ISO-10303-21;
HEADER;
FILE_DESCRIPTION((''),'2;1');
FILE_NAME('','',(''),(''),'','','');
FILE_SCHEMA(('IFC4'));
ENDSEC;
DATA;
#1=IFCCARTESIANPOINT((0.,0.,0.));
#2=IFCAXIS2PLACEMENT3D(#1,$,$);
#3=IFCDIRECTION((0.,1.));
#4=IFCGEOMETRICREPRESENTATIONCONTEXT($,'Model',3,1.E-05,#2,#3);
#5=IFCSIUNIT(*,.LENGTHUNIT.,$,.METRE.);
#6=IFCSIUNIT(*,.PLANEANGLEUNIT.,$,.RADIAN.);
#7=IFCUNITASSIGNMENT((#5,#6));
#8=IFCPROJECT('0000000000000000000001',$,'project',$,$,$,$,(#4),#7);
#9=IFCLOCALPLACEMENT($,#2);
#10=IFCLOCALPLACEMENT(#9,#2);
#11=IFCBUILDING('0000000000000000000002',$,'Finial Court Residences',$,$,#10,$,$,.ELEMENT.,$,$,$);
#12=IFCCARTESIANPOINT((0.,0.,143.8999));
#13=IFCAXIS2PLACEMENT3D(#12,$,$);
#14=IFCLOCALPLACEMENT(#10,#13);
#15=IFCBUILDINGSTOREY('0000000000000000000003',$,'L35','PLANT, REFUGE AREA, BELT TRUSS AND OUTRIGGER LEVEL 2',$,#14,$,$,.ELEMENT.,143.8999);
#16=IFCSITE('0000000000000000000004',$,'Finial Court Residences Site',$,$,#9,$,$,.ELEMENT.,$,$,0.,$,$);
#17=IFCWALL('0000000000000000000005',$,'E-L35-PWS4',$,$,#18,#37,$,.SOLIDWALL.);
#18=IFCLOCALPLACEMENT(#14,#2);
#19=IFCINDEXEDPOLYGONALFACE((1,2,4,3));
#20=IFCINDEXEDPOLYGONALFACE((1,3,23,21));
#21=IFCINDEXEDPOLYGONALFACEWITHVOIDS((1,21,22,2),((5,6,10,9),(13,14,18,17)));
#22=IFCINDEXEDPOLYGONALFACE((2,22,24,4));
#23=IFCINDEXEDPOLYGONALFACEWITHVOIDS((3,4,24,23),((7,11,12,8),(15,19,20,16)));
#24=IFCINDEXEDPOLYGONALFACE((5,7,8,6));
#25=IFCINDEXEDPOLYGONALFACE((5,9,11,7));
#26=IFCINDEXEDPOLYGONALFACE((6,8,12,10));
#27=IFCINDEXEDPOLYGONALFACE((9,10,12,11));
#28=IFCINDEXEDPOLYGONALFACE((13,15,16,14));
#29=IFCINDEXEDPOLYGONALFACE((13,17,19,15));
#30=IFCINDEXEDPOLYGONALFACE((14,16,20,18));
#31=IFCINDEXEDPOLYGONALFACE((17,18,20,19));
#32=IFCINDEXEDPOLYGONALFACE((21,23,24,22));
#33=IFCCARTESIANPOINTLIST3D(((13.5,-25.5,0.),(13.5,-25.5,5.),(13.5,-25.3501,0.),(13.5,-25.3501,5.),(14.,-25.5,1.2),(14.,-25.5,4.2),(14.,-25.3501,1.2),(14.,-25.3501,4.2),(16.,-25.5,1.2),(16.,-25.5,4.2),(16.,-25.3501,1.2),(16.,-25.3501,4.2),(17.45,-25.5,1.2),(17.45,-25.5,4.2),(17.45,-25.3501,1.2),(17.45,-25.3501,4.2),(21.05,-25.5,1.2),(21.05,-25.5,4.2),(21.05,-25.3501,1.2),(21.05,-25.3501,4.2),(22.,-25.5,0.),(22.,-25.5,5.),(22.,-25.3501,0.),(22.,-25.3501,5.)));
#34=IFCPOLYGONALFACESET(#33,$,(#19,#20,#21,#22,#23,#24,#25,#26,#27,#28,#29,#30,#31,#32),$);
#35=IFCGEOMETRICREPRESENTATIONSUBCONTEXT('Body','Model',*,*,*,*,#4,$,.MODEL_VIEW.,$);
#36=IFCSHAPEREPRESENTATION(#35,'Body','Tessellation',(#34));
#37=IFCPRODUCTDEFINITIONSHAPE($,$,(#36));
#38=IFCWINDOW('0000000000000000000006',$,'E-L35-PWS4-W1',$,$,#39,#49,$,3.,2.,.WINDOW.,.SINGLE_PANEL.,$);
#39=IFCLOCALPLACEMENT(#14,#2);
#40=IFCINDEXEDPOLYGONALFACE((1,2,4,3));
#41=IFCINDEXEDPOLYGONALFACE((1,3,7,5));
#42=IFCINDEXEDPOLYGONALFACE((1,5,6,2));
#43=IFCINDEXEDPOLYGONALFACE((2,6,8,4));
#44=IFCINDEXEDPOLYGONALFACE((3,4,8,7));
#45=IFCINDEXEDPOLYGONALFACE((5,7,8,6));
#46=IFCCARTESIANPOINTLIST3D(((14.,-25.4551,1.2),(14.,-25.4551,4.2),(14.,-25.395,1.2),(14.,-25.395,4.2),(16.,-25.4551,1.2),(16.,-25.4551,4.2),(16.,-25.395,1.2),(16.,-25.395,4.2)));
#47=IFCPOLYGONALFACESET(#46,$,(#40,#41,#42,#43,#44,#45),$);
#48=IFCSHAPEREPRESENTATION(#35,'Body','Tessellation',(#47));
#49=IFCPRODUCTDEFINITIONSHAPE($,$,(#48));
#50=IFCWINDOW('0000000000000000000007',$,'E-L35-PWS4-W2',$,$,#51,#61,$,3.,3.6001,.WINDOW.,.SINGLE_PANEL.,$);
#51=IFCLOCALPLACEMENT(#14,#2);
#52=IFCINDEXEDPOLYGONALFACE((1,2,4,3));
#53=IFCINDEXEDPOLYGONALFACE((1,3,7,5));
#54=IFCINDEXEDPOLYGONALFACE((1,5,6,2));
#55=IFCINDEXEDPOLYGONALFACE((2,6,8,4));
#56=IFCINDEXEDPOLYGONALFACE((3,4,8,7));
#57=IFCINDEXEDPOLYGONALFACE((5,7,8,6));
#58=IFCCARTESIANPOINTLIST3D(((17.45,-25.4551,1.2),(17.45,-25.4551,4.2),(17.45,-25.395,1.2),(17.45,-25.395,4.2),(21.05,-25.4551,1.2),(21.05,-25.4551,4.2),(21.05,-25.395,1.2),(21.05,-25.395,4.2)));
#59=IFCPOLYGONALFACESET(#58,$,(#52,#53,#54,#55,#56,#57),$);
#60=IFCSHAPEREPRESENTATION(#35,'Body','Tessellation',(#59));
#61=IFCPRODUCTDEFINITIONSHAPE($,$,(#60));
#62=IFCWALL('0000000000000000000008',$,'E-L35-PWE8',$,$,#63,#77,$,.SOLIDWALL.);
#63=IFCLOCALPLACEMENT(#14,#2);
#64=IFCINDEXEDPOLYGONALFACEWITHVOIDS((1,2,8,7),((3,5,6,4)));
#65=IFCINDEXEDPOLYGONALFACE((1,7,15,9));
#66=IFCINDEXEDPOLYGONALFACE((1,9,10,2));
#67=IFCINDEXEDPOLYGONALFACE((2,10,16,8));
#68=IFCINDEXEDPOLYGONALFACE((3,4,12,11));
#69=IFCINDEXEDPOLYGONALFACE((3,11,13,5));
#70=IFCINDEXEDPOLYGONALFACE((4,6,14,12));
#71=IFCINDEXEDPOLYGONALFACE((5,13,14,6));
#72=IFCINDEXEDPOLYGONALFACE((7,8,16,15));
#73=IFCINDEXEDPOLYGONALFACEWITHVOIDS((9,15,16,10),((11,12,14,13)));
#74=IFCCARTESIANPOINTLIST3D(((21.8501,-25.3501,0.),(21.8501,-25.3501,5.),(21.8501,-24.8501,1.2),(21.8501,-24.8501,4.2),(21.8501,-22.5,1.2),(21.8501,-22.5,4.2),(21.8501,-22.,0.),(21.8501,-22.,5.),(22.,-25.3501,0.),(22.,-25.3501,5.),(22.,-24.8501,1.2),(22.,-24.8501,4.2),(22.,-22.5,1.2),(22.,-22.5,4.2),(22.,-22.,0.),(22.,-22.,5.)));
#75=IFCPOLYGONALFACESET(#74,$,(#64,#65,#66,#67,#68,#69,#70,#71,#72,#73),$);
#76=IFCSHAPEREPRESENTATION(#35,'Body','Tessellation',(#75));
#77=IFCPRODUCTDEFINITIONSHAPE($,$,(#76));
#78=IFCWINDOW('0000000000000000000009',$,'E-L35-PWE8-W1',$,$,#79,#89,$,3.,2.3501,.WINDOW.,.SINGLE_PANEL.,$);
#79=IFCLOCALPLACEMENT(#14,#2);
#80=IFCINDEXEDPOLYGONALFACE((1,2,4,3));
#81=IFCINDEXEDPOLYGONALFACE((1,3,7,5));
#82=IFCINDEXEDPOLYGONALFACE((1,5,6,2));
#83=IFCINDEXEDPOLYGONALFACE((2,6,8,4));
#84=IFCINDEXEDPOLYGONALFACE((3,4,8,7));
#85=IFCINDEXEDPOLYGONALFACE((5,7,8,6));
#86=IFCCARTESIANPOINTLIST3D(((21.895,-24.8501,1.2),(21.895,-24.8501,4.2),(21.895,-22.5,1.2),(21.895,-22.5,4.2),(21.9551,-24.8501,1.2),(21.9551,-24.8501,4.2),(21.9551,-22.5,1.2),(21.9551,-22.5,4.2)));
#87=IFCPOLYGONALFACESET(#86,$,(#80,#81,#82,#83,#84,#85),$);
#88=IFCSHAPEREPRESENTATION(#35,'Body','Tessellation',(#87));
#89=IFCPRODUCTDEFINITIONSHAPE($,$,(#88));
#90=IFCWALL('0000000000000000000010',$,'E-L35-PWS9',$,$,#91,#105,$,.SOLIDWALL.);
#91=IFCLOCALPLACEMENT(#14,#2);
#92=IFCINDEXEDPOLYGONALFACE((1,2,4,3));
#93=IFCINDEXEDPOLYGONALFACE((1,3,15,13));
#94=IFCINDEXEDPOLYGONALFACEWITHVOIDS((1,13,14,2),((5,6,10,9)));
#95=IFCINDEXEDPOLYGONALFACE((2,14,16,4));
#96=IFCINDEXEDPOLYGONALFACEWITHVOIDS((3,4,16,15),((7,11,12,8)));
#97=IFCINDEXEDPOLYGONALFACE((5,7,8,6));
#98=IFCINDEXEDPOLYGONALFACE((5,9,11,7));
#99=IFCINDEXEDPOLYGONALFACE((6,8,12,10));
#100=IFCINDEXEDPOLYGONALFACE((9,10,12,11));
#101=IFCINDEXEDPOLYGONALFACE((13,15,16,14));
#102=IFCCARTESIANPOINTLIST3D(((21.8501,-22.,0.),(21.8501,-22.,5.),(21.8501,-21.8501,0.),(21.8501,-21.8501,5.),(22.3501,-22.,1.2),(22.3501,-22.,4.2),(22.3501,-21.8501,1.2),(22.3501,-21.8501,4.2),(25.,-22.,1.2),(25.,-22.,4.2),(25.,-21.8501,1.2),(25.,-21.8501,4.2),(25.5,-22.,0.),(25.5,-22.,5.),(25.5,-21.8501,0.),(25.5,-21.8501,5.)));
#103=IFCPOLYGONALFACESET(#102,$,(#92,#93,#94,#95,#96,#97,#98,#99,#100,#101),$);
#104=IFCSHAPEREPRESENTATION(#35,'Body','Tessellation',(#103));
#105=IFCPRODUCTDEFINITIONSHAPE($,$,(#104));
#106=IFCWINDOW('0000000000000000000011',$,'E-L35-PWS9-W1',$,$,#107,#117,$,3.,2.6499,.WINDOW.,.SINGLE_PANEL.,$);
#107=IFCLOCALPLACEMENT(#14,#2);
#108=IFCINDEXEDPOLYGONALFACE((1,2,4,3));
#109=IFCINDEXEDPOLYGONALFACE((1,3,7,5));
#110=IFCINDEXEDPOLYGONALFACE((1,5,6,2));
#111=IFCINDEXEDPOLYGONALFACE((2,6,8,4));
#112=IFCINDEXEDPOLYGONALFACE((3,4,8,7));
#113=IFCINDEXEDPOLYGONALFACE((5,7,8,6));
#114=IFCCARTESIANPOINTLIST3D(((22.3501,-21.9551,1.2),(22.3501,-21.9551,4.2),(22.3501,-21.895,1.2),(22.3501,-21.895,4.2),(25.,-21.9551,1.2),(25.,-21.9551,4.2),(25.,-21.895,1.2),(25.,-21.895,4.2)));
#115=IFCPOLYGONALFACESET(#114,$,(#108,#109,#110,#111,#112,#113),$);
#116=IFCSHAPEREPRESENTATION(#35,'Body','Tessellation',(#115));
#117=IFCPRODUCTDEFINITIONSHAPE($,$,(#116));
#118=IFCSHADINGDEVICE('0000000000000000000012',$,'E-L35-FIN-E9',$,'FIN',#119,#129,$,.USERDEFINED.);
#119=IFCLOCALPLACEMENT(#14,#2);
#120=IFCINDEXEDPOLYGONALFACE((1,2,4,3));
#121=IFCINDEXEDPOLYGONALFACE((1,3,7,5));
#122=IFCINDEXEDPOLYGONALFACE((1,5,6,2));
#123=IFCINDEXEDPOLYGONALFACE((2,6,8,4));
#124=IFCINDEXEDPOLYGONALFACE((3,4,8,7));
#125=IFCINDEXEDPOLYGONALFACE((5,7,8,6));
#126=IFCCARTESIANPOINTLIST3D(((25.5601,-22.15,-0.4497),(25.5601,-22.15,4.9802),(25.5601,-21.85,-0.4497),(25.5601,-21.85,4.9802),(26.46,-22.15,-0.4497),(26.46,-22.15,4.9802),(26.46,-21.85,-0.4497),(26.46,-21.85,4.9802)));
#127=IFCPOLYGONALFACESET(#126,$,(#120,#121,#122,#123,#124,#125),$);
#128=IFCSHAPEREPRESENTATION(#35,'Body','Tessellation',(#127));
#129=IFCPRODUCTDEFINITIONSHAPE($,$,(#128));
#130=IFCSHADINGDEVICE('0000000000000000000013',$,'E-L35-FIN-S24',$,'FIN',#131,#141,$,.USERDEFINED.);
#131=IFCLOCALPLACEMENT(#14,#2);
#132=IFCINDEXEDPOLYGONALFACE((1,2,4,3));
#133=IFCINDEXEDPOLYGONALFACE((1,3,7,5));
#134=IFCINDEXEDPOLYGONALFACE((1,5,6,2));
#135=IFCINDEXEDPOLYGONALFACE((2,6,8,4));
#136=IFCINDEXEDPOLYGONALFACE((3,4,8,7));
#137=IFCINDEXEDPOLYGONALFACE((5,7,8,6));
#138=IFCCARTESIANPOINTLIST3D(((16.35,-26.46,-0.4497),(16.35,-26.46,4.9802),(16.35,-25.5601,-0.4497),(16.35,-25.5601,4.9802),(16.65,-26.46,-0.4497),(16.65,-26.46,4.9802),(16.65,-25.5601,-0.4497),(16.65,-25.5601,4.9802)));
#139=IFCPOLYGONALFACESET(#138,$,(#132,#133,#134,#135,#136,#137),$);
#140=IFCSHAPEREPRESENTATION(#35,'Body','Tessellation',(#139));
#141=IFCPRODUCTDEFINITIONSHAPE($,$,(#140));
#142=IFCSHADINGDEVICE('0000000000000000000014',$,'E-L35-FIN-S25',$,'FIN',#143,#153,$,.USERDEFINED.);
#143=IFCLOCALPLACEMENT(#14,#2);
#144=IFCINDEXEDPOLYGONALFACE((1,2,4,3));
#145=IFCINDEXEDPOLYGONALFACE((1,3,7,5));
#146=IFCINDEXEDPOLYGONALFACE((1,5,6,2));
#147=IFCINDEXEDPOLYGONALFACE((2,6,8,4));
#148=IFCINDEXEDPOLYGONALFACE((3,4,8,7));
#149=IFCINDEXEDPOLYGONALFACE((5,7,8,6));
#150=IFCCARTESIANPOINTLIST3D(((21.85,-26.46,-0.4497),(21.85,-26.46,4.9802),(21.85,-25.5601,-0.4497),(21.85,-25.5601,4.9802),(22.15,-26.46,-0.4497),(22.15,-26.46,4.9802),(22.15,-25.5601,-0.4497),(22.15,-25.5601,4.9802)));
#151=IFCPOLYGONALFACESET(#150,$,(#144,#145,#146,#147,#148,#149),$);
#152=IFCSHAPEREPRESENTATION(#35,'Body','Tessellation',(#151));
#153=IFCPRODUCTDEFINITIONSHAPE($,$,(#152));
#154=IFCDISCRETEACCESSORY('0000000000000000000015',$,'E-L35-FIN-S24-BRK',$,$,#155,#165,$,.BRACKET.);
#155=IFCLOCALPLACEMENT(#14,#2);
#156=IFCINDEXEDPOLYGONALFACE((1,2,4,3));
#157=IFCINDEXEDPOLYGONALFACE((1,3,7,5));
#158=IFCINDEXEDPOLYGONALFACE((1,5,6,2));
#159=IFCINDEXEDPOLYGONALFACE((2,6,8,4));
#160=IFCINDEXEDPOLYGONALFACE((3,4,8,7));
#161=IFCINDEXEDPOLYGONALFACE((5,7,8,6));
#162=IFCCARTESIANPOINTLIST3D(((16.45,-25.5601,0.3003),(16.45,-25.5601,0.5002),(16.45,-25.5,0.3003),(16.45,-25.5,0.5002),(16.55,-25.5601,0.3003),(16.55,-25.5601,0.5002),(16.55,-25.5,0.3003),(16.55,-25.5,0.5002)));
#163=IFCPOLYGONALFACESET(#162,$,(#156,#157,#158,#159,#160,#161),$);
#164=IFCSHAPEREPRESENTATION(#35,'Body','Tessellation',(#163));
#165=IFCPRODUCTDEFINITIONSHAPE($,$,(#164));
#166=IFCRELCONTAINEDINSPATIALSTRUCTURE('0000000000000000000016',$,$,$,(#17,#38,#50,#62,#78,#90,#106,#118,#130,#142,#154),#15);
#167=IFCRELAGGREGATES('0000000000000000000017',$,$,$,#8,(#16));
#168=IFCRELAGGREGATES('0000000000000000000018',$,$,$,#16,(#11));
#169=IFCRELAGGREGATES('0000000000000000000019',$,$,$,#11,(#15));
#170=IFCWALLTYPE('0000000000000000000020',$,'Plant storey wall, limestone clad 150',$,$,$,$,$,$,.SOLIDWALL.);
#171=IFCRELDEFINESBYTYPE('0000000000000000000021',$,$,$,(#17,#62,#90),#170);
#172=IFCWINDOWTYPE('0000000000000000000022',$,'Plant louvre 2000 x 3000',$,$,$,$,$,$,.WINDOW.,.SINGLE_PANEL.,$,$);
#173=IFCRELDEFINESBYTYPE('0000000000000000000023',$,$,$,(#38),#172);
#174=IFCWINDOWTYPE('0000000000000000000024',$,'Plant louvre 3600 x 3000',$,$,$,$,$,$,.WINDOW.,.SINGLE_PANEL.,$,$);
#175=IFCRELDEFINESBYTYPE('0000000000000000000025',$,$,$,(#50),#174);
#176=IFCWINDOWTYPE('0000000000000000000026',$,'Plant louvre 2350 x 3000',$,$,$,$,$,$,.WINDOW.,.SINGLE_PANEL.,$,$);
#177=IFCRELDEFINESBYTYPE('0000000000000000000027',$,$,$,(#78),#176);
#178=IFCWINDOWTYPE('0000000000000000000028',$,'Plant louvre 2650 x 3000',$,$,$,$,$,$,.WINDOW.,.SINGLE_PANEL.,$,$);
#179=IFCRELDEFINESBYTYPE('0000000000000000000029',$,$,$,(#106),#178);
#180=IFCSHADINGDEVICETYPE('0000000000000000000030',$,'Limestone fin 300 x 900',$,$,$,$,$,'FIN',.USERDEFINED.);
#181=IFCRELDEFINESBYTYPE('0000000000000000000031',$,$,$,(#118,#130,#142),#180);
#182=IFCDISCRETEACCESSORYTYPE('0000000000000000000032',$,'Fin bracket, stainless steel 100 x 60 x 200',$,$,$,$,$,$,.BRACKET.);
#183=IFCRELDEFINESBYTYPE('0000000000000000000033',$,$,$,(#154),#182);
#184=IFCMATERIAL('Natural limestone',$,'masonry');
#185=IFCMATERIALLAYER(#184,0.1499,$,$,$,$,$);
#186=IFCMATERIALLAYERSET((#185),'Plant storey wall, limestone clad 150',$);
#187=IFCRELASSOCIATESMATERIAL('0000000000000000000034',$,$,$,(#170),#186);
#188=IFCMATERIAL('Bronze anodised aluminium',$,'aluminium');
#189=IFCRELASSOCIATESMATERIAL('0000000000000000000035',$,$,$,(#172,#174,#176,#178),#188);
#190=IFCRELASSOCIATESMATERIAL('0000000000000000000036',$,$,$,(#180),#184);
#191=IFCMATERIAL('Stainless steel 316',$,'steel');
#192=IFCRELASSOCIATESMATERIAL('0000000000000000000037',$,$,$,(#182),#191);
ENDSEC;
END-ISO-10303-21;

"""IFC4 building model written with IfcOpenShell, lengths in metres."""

from ifc_helpers import new_model, si_unit, direction, frame, frame_2d, origin, origin_2d, place, context, subcontext, project, spatial, rectangle, extrude, material, layer, layer_set, type_object, element, fill, save


model = new_model("IFC4")

# Units and contexts
model_context = context("Model", 3, precision=1e-05, world=origin(), true_north=direction((0.0, 1.0)))
body_context = subcontext(model_context, "Body", "Model", "MODEL_VIEW")
ifc_project = project(units=[si_unit("LENGTHUNIT", "METRE"), si_unit("PLANEANGLEUNIT", "RADIAN")], contexts=[model_context])

# Site, building, storey
site_placement = place(None, origin())
site = spatial("IfcSite", under=ifc_project, at=site_placement, Name="Finial Court Residences Site", CompositionType="ELEMENT", RefElevation=0.0)
building_placement = place(site_placement, origin())
building = spatial("IfcBuilding", under=site, at=building_placement, Name="Finial Court Residences", CompositionType="ELEMENT")
storey_placement = place(building_placement, frame((0.0, 0.0, 143.8999)))
storey = spatial("IfcBuildingStorey", under=building, at=storey_placement, Name="L35", Description="PLANT, REFUGE AREA, BELT TRUSS AND OUTRIGGER LEVEL 2", CompositionType="ELEMENT", Elevation=143.8999)

# Wall, openings, windows
ifc_material_1 = material(Name="Natural limestone", Category="masonry")
ifc_layer_1 = layer(ifc_material_1, 0.1499)
ifc_layer_set_1 = layer_set([ifc_layer_1], Name="Plant storey wall, limestone clad 150")
wall_type = type_object("IfcWallType", Name="Plant storey wall, limestone clad 150", PredefinedType="SOLIDWALL", material=ifc_layer_set_1)
wall_1_placement = place(storey_placement, frame((22.0, -25.425, 0.0), z_axis=(0.0, 0.0, 1.0), x_axis=(-1.0, 0.0, 0.0)))
wall_1 = element("IfcWall", 1, at=wall_1_placement, inside=storey, type_object=wall_type, Name="E-L35-PWS4", PredefinedType="SOLIDWALL", context=body_context, shape_type="SweptSolid", body=[
    extrude(rectangle(XDim=8.5, YDim=0.1499, at=frame_2d((4.25, 0.0))), origin(), (0.0, 0.0, 1.0), 5.0),
])
opening_1_placement = place(wall_1_placement, frame((6.0, 0.0, 1.2)))
opening_1 = element("IfcOpeningElement", 2, at=opening_1_placement, cuts=wall_1, PredefinedType="OPENING", context=body_context, shape_type="SweptSolid", body=[
    extrude(rectangle(XDim=2.0, YDim=3.0, at=frame_2d((1.0, 1.5))), frame((0.0, 0.085, 0.0), z_axis=(0.0, -1.0, 0.0), x_axis=(1.0, 0.0, 0.0)), (0.0, 0.0, 1.0), 0.1699),
])
opening_2_placement = place(wall_1_placement, frame((0.95, 0.0, 1.2)))
opening_2 = element("IfcOpeningElement", 3, at=opening_2_placement, cuts=wall_1, PredefinedType="OPENING", context=body_context, shape_type="SweptSolid", body=[
    extrude(rectangle(XDim=3.6001, YDim=3.0, at=frame_2d((1.8, 1.5))), frame((0.0, 0.085, 0.0), z_axis=(0.0, -1.0, 0.0), x_axis=(1.0, 0.0, 0.0)), (0.0, 0.0, 1.0), 0.1699),
])
ifc_material_2 = material(Name="Bronze anodised aluminium", Category="aluminium")
window_type_1 = type_object("IfcWindowType", Name="Plant louvre 2000 x 3000", PartitioningType="SINGLE_PANEL", PredefinedType="WINDOW", material=ifc_material_2)
window_1_placement = place(opening_1_placement, origin())
window_1 = element("IfcWindow", 4, at=window_1_placement, inside=storey, type_object=window_type_1, Name="E-L35-PWS4-W1", OverallHeight=3.0, OverallWidth=2.0, PartitioningType="SINGLE_PANEL", PredefinedType="WINDOW", context=body_context, shape_type="SweptSolid", body=[
    extrude(rectangle(XDim=2.0, YDim=3.0, at=frame_2d((1.0, 1.5))), frame((0.0, 0.03, 0.0), z_axis=(0.0, -1.0, 0.0), x_axis=(1.0, 0.0, 0.0)), (0.0, 0.0, 1.0), 0.0601),
])
fill(opening_1, window_1)
window_type_2 = type_object("IfcWindowType", Name="Plant louvre 3600 x 3000", PartitioningType="SINGLE_PANEL", PredefinedType="WINDOW", material=ifc_material_2)
window_2_placement = place(opening_2_placement, origin())
window_2 = element("IfcWindow", 5, at=window_2_placement, inside=storey, type_object=window_type_2, Name="E-L35-PWS4-W2", OverallHeight=3.0, OverallWidth=3.6001, PartitioningType="SINGLE_PANEL", PredefinedType="WINDOW", context=body_context, shape_type="SweptSolid", body=[
    extrude(rectangle(XDim=3.6001, YDim=3.0, at=frame_2d((1.8, 1.5))), frame((0.0, 0.03, 0.0), z_axis=(0.0, -1.0, 0.0), x_axis=(1.0, 0.0, 0.0)), (0.0, 0.0, 1.0), 0.0601),
])
fill(opening_2, window_2)

# Walls, openings, windows
wall_2_placement = place(storey_placement, frame((21.925, -22.0, 0.0), z_axis=(0.0, 0.0, 1.0), x_axis=(0.0, -1.0, 0.0)))
wall_2 = element("IfcWall", 6, at=wall_2_placement, inside=storey, type_object=wall_type, Name="E-L35-PWE8", PredefinedType="SOLIDWALL", context=body_context, shape_type="SweptSolid", body=[
    extrude(rectangle(XDim=3.3501, YDim=0.1499, at=frame_2d((1.675, 0.0))), origin(), (0.0, 0.0, 1.0), 5.0),
])
opening_3_placement = place(wall_2_placement, frame((0.5, 0.0, 1.2)))
opening_3 = element("IfcOpeningElement", 7, at=opening_3_placement, cuts=wall_2, PredefinedType="OPENING", context=body_context, shape_type="SweptSolid", body=[
    extrude(rectangle(XDim=2.3501, YDim=3.0, at=frame_2d((1.175, 1.5))), frame((0.0, 0.085, 0.0), z_axis=(0.0, -1.0, 0.0), x_axis=(1.0, 0.0, 0.0)), (0.0, 0.0, 1.0), 0.1699),
])
window_type_3 = type_object("IfcWindowType", Name="Plant louvre 2350 x 3000", PartitioningType="SINGLE_PANEL", PredefinedType="WINDOW", material=ifc_material_2)
window_3_placement = place(opening_3_placement, origin())
window_3 = element("IfcWindow", 8, at=window_3_placement, inside=storey, type_object=window_type_3, Name="E-L35-PWE8-W1", OverallHeight=3.0, OverallWidth=2.3501, PartitioningType="SINGLE_PANEL", PredefinedType="WINDOW", context=body_context, shape_type="SweptSolid", body=[
    extrude(rectangle(XDim=2.3501, YDim=3.0, at=frame_2d((1.175, 1.5))), frame((0.0, 0.03, 0.0), z_axis=(0.0, -1.0, 0.0), x_axis=(1.0, 0.0, 0.0)), (0.0, 0.0, 1.0), 0.0601),
])
fill(opening_3, window_3)
wall_3_placement = place(storey_placement, frame((25.5, -21.925, 0.0), z_axis=(0.0, 0.0, 1.0), x_axis=(-1.0, 0.0, 0.0)))
wall_3 = element("IfcWall", 9, at=wall_3_placement, inside=storey, type_object=wall_type, Name="E-L35-PWS9", PredefinedType="SOLIDWALL", context=body_context, shape_type="SweptSolid", body=[
    extrude(rectangle(XDim=3.6499, YDim=0.1499, at=frame_2d((1.825, 0.0))), origin(), (0.0, 0.0, 1.0), 5.0),
])
opening_4_placement = place(wall_3_placement, frame((0.5, 0.0, 1.2)))
opening_4 = element("IfcOpeningElement", 10, at=opening_4_placement, cuts=wall_3, PredefinedType="OPENING", context=body_context, shape_type="SweptSolid", body=[
    extrude(rectangle(XDim=2.6499, YDim=3.0, at=frame_2d((1.325, 1.5))), frame((0.0, 0.085, 0.0), z_axis=(0.0, -1.0, 0.0), x_axis=(1.0, 0.0, 0.0)), (0.0, 0.0, 1.0), 0.1699),
])
window_type_4 = type_object("IfcWindowType", Name="Plant louvre 2650 x 3000", PartitioningType="SINGLE_PANEL", PredefinedType="WINDOW", material=ifc_material_2)
window_4_placement = place(opening_4_placement, origin())
window_4 = element("IfcWindow", 11, at=window_4_placement, inside=storey, type_object=window_type_4, Name="E-L35-PWS9-W1", OverallHeight=3.0, OverallWidth=2.6499, PartitioningType="SINGLE_PANEL", PredefinedType="WINDOW", context=body_context, shape_type="SweptSolid", body=[
    extrude(rectangle(XDim=2.6499, YDim=3.0, at=frame_2d((1.325, 1.5))), frame((0.0, 0.03, 0.0), z_axis=(0.0, -1.0, 0.0), x_axis=(1.0, 0.0, 0.0)), (0.0, 0.0, 1.0), 0.0601),
])
fill(opening_4, window_4)

# Shading devices
shading_device_type = type_object("IfcShadingDeviceType", Name="Limestone fin 300 x 900", ElementType="FIN", PredefinedType="USERDEFINED", material=ifc_material_1)
shading_device_placement = place(storey_placement, frame((26.01, -22.0, -0.4497), z_axis=(0.0, 0.0, 1.0), x_axis=(1.0, 0.0, 0.0)))
element("IfcShadingDevice", 12, at=shading_device_placement, inside=storey, type_object=shading_device_type, Name="E-L35-FIN-E9", ObjectType="FIN", PredefinedType="USERDEFINED", context=body_context, shape_type="SweptSolid", body=[
    extrude(rectangle(XDim=0.8999, YDim=0.3, at=origin_2d()), origin(), (0.0, 0.0, 1.0), 5.4299),
])
for number, where, z_axis, x_axis, name in (
    (13, (16.5, -26.01, -0.4497), (0.0, 0.0, 1.0), (1.0, 0.0, 0.0), "E-L35-FIN-S24"),
    (14, (22.0, -26.01, -0.4497), (0.0, 0.0, 1.0), (1.0, 0.0, 0.0), "E-L35-FIN-S25"),
):
    element("IfcShadingDevice", number, at=place(storey_placement, frame(where, z_axis=z_axis, x_axis=x_axis)), inside=storey, type_object=shading_device_type, Name=name, ObjectType="FIN", PredefinedType="USERDEFINED", context=body_context, shape_type="SweptSolid", body=[
        extrude(rectangle(XDim=0.3, YDim=0.8999, at=origin_2d()), origin(), (0.0, 0.0, 1.0), 5.4299),
    ])

# Discrete accessory
ifc_material_3 = material(Name="Stainless steel 316", Category="steel")
discrete_accessory_type = type_object("IfcDiscreteAccessoryType", Name="Fin bracket, stainless steel 100 x 60 x 200", PredefinedType="BRACKET", material=ifc_material_3)
discrete_accessory_placement = place(storey_placement, frame((16.5, -25.53, 0.3003), z_axis=(0.0, 0.0, 1.0), x_axis=(1.0, 0.0, 0.0)))
element("IfcDiscreteAccessory", 15, at=discrete_accessory_placement, inside=storey, type_object=discrete_accessory_type, Name="E-L35-FIN-S24-BRK", PredefinedType="BRACKET", context=body_context, shape_type="SweptSolid", body=[
    extrude(rectangle(XDim=0.1001, YDim=0.0601, at=origin_2d()), origin(), (0.0, 0.0, 1.0), 0.2),
])

save(model, "model.ifc")
